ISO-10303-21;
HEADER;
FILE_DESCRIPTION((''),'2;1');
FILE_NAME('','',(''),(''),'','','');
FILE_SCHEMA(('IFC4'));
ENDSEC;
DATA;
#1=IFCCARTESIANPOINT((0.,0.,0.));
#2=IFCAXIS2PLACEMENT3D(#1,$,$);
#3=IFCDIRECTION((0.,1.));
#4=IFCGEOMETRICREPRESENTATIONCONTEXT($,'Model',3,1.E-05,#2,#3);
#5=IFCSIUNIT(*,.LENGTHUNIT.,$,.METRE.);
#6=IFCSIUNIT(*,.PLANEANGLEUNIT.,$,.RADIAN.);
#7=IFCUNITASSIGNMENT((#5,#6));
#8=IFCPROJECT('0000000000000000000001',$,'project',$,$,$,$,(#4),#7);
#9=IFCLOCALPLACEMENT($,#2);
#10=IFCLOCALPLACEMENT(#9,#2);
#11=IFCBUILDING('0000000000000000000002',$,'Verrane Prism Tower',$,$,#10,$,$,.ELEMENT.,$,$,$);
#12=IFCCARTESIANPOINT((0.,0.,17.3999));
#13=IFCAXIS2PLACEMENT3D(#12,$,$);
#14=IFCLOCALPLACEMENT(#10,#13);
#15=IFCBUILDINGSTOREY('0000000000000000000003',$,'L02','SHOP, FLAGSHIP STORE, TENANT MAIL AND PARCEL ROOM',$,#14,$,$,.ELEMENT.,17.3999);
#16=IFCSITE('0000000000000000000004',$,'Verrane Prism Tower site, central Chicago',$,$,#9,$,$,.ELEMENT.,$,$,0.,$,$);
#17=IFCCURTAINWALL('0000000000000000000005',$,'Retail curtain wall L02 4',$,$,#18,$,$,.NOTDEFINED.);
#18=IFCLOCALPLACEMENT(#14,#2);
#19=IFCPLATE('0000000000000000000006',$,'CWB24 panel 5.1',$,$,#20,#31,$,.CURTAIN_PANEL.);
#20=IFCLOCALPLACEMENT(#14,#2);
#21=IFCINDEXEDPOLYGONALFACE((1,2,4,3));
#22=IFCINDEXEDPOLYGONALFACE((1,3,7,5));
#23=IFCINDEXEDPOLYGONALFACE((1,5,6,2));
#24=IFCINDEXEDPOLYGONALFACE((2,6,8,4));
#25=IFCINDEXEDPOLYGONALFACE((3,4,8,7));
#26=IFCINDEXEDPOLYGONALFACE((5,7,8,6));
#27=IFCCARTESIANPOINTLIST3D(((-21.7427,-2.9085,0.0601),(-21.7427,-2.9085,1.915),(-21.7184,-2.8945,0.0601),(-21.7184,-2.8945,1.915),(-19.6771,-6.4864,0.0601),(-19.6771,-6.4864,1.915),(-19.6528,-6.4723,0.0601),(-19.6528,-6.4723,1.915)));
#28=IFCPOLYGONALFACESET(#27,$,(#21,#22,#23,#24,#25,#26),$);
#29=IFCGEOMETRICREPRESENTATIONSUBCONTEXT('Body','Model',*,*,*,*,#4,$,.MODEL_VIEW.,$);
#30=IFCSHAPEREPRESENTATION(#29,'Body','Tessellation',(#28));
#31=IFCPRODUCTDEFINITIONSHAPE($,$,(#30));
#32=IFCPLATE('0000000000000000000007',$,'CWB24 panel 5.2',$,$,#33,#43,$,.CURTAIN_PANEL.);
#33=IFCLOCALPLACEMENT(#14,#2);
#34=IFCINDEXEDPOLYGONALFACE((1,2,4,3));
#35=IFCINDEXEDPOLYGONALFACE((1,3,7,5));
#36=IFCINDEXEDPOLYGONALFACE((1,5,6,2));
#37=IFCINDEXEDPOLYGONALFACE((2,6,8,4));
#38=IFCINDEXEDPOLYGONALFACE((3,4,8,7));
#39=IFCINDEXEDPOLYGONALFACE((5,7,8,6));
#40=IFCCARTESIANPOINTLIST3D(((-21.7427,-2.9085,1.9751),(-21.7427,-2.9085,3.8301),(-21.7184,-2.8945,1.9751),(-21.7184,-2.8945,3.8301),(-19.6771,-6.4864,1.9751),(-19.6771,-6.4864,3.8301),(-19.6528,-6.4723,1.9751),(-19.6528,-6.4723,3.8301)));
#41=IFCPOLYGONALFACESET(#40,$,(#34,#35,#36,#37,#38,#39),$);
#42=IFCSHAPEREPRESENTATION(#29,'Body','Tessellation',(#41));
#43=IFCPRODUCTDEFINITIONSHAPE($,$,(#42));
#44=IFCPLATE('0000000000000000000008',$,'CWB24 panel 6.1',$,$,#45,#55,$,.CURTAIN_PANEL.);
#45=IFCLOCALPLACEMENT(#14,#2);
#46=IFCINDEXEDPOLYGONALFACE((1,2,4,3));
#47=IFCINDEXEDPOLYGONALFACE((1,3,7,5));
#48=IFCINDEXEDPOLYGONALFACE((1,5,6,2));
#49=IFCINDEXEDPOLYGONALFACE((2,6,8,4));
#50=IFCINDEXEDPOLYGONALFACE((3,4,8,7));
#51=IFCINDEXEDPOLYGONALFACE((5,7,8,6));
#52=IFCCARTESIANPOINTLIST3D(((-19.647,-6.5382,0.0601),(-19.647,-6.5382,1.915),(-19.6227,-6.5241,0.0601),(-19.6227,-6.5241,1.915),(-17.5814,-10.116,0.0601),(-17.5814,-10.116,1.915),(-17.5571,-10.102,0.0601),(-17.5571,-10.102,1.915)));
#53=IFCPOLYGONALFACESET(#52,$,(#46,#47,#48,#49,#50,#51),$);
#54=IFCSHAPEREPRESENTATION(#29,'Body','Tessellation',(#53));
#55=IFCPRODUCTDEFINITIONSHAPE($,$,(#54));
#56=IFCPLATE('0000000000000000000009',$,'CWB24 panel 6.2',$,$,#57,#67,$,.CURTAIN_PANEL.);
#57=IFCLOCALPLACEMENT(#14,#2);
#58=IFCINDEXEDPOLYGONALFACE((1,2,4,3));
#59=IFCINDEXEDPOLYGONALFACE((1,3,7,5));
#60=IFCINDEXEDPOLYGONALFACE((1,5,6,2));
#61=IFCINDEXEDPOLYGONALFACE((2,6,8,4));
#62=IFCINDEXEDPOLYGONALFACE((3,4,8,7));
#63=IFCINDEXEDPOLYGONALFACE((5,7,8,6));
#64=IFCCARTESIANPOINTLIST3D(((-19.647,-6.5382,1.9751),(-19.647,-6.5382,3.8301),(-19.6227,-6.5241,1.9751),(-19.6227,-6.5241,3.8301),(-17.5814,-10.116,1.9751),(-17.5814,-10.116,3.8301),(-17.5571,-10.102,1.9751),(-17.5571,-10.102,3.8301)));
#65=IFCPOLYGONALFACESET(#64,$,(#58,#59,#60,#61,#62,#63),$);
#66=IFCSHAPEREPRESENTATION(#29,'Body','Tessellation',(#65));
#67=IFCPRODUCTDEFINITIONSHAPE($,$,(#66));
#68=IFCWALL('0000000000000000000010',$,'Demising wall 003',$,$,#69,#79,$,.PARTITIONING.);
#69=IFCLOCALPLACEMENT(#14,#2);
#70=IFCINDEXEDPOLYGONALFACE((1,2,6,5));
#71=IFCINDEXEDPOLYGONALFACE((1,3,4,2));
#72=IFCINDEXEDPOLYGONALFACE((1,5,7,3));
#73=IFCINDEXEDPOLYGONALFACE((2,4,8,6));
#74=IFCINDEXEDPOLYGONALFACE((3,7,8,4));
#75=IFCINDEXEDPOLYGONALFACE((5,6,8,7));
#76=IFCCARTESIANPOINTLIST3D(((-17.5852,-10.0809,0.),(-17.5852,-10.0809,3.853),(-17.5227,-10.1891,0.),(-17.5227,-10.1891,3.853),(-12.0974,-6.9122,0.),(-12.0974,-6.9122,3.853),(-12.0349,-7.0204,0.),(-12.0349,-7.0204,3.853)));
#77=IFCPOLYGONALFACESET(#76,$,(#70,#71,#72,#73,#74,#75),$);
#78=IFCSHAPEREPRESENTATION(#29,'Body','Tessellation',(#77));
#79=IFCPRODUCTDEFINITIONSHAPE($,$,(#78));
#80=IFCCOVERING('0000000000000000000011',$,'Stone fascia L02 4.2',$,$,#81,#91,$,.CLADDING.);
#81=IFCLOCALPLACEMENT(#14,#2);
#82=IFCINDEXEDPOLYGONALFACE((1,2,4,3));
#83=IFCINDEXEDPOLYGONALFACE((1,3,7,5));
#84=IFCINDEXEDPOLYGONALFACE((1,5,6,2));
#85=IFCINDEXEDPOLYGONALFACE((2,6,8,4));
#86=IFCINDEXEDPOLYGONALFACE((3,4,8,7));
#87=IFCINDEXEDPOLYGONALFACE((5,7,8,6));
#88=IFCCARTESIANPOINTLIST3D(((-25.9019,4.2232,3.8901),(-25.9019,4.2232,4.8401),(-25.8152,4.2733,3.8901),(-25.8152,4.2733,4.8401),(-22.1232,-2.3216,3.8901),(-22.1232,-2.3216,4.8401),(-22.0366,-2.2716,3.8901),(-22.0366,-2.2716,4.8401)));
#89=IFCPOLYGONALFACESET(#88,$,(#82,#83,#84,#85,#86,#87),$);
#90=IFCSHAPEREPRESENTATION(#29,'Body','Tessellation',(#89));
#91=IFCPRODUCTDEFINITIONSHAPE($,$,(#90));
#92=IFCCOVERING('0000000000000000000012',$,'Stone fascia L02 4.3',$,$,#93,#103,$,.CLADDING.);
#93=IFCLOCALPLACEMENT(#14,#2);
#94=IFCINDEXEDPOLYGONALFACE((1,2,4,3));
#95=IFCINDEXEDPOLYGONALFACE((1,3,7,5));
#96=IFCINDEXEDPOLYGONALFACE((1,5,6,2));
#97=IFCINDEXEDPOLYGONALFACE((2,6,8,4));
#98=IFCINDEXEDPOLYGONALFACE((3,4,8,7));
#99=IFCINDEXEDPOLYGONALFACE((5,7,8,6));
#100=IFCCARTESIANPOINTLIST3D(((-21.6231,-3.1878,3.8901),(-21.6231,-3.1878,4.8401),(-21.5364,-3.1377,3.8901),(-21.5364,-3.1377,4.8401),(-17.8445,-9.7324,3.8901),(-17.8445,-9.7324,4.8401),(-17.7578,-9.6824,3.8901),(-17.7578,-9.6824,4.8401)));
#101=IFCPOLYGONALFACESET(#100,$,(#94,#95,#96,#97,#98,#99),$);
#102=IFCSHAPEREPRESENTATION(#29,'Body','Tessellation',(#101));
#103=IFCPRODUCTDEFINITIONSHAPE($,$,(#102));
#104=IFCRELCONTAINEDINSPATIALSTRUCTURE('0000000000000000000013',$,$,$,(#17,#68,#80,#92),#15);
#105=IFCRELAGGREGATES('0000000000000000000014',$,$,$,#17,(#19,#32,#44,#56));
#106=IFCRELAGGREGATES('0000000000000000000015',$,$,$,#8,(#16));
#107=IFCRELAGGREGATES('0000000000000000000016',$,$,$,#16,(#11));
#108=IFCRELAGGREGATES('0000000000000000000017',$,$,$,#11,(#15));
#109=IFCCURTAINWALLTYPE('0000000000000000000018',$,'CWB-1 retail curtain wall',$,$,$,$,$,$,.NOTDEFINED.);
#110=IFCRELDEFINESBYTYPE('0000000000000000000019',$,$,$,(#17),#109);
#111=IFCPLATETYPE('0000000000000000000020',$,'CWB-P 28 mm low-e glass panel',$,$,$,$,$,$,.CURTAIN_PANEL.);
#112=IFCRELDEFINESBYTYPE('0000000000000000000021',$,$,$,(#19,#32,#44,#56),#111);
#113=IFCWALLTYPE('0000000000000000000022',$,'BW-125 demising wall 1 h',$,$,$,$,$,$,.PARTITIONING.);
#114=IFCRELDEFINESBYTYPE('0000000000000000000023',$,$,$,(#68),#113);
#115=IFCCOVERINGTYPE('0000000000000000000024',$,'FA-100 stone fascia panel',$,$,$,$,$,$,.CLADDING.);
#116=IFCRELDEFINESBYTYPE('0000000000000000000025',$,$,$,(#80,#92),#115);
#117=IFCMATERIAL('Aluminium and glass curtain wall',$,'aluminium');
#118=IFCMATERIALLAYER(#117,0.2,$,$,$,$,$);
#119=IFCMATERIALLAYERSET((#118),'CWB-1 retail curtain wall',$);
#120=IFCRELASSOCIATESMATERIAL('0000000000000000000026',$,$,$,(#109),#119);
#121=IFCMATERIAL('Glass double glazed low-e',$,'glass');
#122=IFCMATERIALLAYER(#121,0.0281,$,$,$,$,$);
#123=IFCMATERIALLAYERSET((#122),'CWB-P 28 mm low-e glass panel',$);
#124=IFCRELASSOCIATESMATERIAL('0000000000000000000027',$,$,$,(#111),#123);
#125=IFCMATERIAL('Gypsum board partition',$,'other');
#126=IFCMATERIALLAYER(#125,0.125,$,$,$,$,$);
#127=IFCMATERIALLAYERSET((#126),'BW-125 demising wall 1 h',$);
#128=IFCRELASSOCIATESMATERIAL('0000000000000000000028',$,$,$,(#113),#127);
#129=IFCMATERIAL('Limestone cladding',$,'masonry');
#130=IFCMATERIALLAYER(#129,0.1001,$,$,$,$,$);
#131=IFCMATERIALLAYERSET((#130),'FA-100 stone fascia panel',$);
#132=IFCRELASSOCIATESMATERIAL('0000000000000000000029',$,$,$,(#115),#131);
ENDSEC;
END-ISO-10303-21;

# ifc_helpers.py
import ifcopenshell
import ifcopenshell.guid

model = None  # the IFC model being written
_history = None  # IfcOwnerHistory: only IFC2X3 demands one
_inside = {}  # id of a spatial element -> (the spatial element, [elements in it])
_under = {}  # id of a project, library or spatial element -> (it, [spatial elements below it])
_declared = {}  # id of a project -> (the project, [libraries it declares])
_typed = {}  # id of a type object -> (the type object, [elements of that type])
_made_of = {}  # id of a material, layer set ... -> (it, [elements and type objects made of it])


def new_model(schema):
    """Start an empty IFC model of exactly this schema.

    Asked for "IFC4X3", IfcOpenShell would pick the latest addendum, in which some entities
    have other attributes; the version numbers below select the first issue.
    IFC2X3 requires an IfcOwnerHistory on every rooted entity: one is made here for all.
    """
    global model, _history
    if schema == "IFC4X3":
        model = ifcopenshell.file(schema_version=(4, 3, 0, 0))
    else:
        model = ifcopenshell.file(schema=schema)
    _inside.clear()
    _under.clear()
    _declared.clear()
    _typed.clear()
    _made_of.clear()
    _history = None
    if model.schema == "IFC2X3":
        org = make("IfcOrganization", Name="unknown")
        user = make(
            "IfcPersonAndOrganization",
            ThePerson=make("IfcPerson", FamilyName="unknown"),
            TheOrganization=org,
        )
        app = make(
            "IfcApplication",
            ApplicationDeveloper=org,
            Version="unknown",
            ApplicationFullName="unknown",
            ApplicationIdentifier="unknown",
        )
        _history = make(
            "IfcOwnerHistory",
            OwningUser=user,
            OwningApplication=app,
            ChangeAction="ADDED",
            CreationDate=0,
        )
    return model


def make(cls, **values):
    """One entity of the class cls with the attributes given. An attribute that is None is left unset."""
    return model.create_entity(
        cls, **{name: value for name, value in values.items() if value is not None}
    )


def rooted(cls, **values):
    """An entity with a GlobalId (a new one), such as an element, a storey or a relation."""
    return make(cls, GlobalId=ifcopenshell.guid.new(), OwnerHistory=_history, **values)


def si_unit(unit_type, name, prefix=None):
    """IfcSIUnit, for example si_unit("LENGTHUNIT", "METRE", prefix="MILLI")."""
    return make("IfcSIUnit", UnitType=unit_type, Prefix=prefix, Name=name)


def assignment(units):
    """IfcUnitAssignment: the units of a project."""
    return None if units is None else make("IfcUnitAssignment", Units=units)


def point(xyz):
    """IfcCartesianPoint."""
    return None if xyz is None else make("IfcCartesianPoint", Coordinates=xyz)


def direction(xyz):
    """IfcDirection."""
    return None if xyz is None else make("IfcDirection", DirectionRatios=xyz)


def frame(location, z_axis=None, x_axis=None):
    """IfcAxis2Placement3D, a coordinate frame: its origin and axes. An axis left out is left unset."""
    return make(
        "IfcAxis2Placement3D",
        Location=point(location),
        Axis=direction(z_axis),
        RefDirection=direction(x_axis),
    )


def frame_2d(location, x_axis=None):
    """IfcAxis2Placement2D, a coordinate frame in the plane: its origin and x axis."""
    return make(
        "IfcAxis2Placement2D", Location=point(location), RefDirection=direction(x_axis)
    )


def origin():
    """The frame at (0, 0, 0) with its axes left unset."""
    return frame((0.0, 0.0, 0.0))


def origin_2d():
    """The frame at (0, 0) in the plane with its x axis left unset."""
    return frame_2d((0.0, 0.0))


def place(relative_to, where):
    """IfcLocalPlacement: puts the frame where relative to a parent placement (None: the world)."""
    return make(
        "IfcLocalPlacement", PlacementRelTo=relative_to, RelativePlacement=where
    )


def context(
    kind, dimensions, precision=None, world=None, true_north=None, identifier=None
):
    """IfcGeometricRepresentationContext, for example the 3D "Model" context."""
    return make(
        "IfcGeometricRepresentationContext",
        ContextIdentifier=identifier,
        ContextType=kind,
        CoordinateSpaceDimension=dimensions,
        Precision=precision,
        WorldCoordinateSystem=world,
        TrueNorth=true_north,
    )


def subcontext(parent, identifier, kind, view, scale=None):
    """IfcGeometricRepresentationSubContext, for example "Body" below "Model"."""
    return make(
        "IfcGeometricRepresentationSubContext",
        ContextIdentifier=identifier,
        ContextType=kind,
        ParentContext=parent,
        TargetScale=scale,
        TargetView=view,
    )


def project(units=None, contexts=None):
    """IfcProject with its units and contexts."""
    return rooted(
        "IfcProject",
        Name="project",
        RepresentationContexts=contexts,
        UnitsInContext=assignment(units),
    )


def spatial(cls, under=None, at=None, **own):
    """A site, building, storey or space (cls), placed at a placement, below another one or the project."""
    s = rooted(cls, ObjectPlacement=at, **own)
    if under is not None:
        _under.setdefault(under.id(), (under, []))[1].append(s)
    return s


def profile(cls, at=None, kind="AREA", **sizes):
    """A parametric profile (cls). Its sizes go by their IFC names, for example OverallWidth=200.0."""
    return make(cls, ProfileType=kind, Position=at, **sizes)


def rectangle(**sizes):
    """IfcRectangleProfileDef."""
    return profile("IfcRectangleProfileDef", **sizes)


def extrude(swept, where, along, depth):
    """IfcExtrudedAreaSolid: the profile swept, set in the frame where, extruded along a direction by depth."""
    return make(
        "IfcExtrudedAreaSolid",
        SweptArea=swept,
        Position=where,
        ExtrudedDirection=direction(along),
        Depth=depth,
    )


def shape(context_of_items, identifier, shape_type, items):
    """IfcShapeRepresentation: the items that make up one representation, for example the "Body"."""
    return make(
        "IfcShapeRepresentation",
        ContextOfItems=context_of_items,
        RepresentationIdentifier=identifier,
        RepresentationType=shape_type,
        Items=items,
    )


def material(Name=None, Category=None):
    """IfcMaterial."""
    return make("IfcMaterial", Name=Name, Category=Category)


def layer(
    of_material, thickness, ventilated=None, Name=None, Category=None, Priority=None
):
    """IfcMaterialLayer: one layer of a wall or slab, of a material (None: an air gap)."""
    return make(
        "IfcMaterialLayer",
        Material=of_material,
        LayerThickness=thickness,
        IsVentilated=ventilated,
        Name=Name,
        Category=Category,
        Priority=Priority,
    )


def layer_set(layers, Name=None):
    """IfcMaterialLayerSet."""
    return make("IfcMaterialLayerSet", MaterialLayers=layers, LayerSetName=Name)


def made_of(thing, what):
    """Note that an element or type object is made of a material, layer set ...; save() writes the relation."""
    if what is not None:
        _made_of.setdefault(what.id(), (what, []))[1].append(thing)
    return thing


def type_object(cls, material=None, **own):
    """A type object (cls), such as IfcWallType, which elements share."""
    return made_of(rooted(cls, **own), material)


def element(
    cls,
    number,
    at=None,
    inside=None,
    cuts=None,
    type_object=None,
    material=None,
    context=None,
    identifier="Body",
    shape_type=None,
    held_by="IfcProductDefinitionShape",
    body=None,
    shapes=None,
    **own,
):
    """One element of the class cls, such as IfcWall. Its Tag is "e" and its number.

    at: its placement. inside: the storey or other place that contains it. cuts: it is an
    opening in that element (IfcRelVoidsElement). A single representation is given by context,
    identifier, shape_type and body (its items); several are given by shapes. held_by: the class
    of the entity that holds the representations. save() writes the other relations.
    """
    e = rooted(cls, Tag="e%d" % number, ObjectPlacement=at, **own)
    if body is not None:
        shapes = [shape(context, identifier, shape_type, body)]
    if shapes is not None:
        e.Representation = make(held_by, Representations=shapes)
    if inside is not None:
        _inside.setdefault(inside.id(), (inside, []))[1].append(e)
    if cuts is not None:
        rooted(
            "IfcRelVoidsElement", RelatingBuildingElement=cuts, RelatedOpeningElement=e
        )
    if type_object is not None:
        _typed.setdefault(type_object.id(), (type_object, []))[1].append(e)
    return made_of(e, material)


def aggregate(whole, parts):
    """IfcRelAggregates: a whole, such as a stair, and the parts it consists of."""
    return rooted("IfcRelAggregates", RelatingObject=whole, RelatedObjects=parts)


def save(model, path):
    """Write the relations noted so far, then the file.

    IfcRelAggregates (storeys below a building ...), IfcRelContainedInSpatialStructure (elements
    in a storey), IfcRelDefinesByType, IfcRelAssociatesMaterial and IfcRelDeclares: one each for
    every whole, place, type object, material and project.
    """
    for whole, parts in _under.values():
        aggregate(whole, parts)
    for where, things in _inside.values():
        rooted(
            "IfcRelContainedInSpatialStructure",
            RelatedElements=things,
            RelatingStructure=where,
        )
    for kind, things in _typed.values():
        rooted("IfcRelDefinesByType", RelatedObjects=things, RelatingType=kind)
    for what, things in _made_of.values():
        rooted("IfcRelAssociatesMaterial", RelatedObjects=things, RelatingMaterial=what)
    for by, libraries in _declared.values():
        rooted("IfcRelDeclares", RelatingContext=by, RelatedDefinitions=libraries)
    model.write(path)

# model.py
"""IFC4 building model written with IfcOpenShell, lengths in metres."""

from ifc_helpers import new_model, si_unit, direction, frame, frame_2d, origin, origin_2d, place, context, subcontext, project, spatial, rectangle, extrude, material, layer, layer_set, type_object, element, aggregate, save


model = new_model("IFC4")

# Units and contexts
model_context = context("Model", 3, precision=1e-05, world=origin(), true_north=direction((0.0, 1.0)))
body_context = subcontext(model_context, "Body", "Model", "MODEL_VIEW")
ifc_project = project(units=[si_unit("LENGTHUNIT", "METRE"), si_unit("PLANEANGLEUNIT", "RADIAN")], contexts=[model_context])

# Site, building, storey
site_placement = place(None, origin())
site = spatial("IfcSite", under=ifc_project, at=site_placement, Name="Verrane Prism Tower site, central Chicago", CompositionType="ELEMENT", RefElevation=0.0)
building_placement = place(site_placement, origin())
building = spatial("IfcBuilding", under=site, at=building_placement, Name="Verrane Prism Tower", CompositionType="ELEMENT")
storey_placement = place(building_placement, frame((0.0, 0.0, 17.3999)))
storey = spatial("IfcBuildingStorey", under=building, at=storey_placement, Name="L02", Description="SHOP, FLAGSHIP STORE, TENANT MAIL AND PARCEL ROOM", CompositionType="ELEMENT", Elevation=17.3999)

# Curtain wall
ifc_material_1 = material(Name="Aluminium and glass curtain wall", Category="aluminium")
ifc_layer_1 = layer(ifc_material_1, 0.2)
ifc_layer_set_1 = layer_set([ifc_layer_1], Name="CWB-1 retail curtain wall")
curtain_wall_type = type_object("IfcCurtainWallType", Name="CWB-1 retail curtain wall", PredefinedType="NOTDEFINED", material=ifc_layer_set_1)
curtain_wall_placement = place(storey_placement, origin())
curtain_wall = element("IfcCurtainWall", 1, at=curtain_wall_placement, inside=storey, type_object=curtain_wall_type, Name="Retail curtain wall L02 4", PredefinedType="NOTDEFINED")

# Plates
ifc_material_2 = material(Name="Glass double glazed low-e", Category="glass")
ifc_layer_2 = layer(ifc_material_2, 0.0281)
ifc_layer_set_2 = layer_set([ifc_layer_2], Name="CWB-P 28 mm low-e glass panel")
plate_type = type_object("IfcPlateType", Name="CWB-P 28 mm low-e glass panel", PredefinedType="CURTAIN_PANEL", material=ifc_layer_set_2)
plate_1_placement = place(storey_placement, frame((-20.6978, -4.6904, 0.0601), z_axis=(0.0, 0.0, 1.0), x_axis=(0.5, -0.866025, 0.0)))
plate_1 = element("IfcPlate", 2, at=plate_1_placement, type_object=plate_type, Name="CWB24 panel 5.1", PredefinedType="CURTAIN_PANEL", context=body_context, shape_type="SweptSolid", body=[
    extrude(rectangle(XDim=4.1313, YDim=0.0281, at=origin_2d()), origin(), (0.0, 0.0, 1.0), 1.855),
])
plate_2_placement = place(storey_placement, frame((-20.6978, -4.6904, 1.9751), z_axis=(0.0, 0.0, 1.0), x_axis=(0.5, -0.866025, 0.0)))
plate_2 = element("IfcPlate", 3, at=plate_2_placement, type_object=plate_type, Name="CWB24 panel 5.2", PredefinedType="CURTAIN_PANEL", context=body_context, shape_type="SweptSolid", body=[
    extrude(rectangle(XDim=4.1313, YDim=0.0281, at=origin_2d()), origin(), (0.0, 0.0, 1.0), 1.855),
])
plate_3_placement = place(storey_placement, frame((-18.6021, -8.3201, 0.0601), z_axis=(0.0, 0.0, 1.0), x_axis=(0.5, -0.866025, 0.0)))
plate_3 = element("IfcPlate", 4, at=plate_3_placement, type_object=plate_type, Name="CWB24 panel 6.1", PredefinedType="CURTAIN_PANEL", context=body_context, shape_type="SweptSolid", body=[
    extrude(rectangle(XDim=4.1313, YDim=0.0281, at=origin_2d()), origin(), (0.0, 0.0, 1.0), 1.855),
])
plate_4_placement = place(storey_placement, frame((-18.6021, -8.3201, 1.9751), z_axis=(0.0, 0.0, 1.0), x_axis=(0.5, -0.866025, 0.0)))
plate_4 = element("IfcPlate", 5, at=plate_4_placement, type_object=plate_type, Name="CWB24 panel 6.2", PredefinedType="CURTAIN_PANEL", context=body_context, shape_type="SweptSolid", body=[
    extrude(rectangle(XDim=4.1313, YDim=0.0281, at=origin_2d()), origin(), (0.0, 0.0, 1.0), 1.855),
])
aggregate(curtain_wall, [plate_1, plate_2, plate_3, plate_4])

# Wall
ifc_material_3 = material(Name="Gypsum board partition", Category="other")
ifc_layer_3 = layer(ifc_material_3, 0.125)
ifc_layer_set_3 = layer_set([ifc_layer_3], Name="BW-125 demising wall 1 h")
wall_type = type_object("IfcWallType", Name="BW-125 demising wall 1 h", PredefinedType="PARTITIONING", material=ifc_layer_set_3)
wall_placement = place(storey_placement, frame((-17.554, -10.135, 0.0), z_axis=(0.0, 0.0, 1.0), x_axis=(0.866003, 0.500038, 0.0)))
element("IfcWall", 6, at=wall_placement, inside=storey, type_object=wall_type, Name="Demising wall 003", PredefinedType="PARTITIONING", context=body_context, shape_type="SweptSolid", body=[
    extrude(rectangle(XDim=6.3369, YDim=0.125, at=frame_2d((3.1685, 0.0))), origin(), (0.0, 0.0, 1.0), 3.853),
])

# Coverings
ifc_material_4 = material(Name="Limestone cladding", Category="masonry")
ifc_layer_4 = layer(ifc_material_4, 0.1001)
ifc_layer_set_4 = layer_set([ifc_layer_4], Name="FA-100 stone fascia panel")
covering_type = type_object("IfcCoveringType", Name="FA-100 stone fascia panel", PredefinedType="CLADDING", material=ifc_layer_set_4)
covering_1_placement = place(storey_placement, frame((-23.9692, 0.9758, 3.8901), z_axis=(0.0, 0.0, 1.0), x_axis=(0.5, -0.866025, 0.0)))
element("IfcCovering", 7, at=covering_1_placement, inside=storey, type_object=covering_type, Name="Stone fascia L02 4.2", PredefinedType="CLADDING", context=body_context, shape_type="SweptSolid", body=[
    extrude(rectangle(XDim=7.5574, YDim=0.1001, at=origin_2d()), origin(), (0.0, 0.0, 1.0), 0.95),
])
covering_2_placement = place(storey_placement, frame((-19.6904, -6.4351, 3.8901), z_axis=(0.0, 0.0, 1.0), x_axis=(0.5, -0.866025, 0.0)))
element("IfcCovering", 8, at=covering_2_placement, inside=storey, type_object=covering_type, Name="Stone fascia L02 4.3", PredefinedType="CLADDING", context=body_context, shape_type="SweptSolid", body=[
    extrude(rectangle(XDim=7.5571, YDim=0.1001, at=origin_2d()), origin(), (0.0, 0.0, 1.0), 0.95),
])

save(model, "model.ifc")
